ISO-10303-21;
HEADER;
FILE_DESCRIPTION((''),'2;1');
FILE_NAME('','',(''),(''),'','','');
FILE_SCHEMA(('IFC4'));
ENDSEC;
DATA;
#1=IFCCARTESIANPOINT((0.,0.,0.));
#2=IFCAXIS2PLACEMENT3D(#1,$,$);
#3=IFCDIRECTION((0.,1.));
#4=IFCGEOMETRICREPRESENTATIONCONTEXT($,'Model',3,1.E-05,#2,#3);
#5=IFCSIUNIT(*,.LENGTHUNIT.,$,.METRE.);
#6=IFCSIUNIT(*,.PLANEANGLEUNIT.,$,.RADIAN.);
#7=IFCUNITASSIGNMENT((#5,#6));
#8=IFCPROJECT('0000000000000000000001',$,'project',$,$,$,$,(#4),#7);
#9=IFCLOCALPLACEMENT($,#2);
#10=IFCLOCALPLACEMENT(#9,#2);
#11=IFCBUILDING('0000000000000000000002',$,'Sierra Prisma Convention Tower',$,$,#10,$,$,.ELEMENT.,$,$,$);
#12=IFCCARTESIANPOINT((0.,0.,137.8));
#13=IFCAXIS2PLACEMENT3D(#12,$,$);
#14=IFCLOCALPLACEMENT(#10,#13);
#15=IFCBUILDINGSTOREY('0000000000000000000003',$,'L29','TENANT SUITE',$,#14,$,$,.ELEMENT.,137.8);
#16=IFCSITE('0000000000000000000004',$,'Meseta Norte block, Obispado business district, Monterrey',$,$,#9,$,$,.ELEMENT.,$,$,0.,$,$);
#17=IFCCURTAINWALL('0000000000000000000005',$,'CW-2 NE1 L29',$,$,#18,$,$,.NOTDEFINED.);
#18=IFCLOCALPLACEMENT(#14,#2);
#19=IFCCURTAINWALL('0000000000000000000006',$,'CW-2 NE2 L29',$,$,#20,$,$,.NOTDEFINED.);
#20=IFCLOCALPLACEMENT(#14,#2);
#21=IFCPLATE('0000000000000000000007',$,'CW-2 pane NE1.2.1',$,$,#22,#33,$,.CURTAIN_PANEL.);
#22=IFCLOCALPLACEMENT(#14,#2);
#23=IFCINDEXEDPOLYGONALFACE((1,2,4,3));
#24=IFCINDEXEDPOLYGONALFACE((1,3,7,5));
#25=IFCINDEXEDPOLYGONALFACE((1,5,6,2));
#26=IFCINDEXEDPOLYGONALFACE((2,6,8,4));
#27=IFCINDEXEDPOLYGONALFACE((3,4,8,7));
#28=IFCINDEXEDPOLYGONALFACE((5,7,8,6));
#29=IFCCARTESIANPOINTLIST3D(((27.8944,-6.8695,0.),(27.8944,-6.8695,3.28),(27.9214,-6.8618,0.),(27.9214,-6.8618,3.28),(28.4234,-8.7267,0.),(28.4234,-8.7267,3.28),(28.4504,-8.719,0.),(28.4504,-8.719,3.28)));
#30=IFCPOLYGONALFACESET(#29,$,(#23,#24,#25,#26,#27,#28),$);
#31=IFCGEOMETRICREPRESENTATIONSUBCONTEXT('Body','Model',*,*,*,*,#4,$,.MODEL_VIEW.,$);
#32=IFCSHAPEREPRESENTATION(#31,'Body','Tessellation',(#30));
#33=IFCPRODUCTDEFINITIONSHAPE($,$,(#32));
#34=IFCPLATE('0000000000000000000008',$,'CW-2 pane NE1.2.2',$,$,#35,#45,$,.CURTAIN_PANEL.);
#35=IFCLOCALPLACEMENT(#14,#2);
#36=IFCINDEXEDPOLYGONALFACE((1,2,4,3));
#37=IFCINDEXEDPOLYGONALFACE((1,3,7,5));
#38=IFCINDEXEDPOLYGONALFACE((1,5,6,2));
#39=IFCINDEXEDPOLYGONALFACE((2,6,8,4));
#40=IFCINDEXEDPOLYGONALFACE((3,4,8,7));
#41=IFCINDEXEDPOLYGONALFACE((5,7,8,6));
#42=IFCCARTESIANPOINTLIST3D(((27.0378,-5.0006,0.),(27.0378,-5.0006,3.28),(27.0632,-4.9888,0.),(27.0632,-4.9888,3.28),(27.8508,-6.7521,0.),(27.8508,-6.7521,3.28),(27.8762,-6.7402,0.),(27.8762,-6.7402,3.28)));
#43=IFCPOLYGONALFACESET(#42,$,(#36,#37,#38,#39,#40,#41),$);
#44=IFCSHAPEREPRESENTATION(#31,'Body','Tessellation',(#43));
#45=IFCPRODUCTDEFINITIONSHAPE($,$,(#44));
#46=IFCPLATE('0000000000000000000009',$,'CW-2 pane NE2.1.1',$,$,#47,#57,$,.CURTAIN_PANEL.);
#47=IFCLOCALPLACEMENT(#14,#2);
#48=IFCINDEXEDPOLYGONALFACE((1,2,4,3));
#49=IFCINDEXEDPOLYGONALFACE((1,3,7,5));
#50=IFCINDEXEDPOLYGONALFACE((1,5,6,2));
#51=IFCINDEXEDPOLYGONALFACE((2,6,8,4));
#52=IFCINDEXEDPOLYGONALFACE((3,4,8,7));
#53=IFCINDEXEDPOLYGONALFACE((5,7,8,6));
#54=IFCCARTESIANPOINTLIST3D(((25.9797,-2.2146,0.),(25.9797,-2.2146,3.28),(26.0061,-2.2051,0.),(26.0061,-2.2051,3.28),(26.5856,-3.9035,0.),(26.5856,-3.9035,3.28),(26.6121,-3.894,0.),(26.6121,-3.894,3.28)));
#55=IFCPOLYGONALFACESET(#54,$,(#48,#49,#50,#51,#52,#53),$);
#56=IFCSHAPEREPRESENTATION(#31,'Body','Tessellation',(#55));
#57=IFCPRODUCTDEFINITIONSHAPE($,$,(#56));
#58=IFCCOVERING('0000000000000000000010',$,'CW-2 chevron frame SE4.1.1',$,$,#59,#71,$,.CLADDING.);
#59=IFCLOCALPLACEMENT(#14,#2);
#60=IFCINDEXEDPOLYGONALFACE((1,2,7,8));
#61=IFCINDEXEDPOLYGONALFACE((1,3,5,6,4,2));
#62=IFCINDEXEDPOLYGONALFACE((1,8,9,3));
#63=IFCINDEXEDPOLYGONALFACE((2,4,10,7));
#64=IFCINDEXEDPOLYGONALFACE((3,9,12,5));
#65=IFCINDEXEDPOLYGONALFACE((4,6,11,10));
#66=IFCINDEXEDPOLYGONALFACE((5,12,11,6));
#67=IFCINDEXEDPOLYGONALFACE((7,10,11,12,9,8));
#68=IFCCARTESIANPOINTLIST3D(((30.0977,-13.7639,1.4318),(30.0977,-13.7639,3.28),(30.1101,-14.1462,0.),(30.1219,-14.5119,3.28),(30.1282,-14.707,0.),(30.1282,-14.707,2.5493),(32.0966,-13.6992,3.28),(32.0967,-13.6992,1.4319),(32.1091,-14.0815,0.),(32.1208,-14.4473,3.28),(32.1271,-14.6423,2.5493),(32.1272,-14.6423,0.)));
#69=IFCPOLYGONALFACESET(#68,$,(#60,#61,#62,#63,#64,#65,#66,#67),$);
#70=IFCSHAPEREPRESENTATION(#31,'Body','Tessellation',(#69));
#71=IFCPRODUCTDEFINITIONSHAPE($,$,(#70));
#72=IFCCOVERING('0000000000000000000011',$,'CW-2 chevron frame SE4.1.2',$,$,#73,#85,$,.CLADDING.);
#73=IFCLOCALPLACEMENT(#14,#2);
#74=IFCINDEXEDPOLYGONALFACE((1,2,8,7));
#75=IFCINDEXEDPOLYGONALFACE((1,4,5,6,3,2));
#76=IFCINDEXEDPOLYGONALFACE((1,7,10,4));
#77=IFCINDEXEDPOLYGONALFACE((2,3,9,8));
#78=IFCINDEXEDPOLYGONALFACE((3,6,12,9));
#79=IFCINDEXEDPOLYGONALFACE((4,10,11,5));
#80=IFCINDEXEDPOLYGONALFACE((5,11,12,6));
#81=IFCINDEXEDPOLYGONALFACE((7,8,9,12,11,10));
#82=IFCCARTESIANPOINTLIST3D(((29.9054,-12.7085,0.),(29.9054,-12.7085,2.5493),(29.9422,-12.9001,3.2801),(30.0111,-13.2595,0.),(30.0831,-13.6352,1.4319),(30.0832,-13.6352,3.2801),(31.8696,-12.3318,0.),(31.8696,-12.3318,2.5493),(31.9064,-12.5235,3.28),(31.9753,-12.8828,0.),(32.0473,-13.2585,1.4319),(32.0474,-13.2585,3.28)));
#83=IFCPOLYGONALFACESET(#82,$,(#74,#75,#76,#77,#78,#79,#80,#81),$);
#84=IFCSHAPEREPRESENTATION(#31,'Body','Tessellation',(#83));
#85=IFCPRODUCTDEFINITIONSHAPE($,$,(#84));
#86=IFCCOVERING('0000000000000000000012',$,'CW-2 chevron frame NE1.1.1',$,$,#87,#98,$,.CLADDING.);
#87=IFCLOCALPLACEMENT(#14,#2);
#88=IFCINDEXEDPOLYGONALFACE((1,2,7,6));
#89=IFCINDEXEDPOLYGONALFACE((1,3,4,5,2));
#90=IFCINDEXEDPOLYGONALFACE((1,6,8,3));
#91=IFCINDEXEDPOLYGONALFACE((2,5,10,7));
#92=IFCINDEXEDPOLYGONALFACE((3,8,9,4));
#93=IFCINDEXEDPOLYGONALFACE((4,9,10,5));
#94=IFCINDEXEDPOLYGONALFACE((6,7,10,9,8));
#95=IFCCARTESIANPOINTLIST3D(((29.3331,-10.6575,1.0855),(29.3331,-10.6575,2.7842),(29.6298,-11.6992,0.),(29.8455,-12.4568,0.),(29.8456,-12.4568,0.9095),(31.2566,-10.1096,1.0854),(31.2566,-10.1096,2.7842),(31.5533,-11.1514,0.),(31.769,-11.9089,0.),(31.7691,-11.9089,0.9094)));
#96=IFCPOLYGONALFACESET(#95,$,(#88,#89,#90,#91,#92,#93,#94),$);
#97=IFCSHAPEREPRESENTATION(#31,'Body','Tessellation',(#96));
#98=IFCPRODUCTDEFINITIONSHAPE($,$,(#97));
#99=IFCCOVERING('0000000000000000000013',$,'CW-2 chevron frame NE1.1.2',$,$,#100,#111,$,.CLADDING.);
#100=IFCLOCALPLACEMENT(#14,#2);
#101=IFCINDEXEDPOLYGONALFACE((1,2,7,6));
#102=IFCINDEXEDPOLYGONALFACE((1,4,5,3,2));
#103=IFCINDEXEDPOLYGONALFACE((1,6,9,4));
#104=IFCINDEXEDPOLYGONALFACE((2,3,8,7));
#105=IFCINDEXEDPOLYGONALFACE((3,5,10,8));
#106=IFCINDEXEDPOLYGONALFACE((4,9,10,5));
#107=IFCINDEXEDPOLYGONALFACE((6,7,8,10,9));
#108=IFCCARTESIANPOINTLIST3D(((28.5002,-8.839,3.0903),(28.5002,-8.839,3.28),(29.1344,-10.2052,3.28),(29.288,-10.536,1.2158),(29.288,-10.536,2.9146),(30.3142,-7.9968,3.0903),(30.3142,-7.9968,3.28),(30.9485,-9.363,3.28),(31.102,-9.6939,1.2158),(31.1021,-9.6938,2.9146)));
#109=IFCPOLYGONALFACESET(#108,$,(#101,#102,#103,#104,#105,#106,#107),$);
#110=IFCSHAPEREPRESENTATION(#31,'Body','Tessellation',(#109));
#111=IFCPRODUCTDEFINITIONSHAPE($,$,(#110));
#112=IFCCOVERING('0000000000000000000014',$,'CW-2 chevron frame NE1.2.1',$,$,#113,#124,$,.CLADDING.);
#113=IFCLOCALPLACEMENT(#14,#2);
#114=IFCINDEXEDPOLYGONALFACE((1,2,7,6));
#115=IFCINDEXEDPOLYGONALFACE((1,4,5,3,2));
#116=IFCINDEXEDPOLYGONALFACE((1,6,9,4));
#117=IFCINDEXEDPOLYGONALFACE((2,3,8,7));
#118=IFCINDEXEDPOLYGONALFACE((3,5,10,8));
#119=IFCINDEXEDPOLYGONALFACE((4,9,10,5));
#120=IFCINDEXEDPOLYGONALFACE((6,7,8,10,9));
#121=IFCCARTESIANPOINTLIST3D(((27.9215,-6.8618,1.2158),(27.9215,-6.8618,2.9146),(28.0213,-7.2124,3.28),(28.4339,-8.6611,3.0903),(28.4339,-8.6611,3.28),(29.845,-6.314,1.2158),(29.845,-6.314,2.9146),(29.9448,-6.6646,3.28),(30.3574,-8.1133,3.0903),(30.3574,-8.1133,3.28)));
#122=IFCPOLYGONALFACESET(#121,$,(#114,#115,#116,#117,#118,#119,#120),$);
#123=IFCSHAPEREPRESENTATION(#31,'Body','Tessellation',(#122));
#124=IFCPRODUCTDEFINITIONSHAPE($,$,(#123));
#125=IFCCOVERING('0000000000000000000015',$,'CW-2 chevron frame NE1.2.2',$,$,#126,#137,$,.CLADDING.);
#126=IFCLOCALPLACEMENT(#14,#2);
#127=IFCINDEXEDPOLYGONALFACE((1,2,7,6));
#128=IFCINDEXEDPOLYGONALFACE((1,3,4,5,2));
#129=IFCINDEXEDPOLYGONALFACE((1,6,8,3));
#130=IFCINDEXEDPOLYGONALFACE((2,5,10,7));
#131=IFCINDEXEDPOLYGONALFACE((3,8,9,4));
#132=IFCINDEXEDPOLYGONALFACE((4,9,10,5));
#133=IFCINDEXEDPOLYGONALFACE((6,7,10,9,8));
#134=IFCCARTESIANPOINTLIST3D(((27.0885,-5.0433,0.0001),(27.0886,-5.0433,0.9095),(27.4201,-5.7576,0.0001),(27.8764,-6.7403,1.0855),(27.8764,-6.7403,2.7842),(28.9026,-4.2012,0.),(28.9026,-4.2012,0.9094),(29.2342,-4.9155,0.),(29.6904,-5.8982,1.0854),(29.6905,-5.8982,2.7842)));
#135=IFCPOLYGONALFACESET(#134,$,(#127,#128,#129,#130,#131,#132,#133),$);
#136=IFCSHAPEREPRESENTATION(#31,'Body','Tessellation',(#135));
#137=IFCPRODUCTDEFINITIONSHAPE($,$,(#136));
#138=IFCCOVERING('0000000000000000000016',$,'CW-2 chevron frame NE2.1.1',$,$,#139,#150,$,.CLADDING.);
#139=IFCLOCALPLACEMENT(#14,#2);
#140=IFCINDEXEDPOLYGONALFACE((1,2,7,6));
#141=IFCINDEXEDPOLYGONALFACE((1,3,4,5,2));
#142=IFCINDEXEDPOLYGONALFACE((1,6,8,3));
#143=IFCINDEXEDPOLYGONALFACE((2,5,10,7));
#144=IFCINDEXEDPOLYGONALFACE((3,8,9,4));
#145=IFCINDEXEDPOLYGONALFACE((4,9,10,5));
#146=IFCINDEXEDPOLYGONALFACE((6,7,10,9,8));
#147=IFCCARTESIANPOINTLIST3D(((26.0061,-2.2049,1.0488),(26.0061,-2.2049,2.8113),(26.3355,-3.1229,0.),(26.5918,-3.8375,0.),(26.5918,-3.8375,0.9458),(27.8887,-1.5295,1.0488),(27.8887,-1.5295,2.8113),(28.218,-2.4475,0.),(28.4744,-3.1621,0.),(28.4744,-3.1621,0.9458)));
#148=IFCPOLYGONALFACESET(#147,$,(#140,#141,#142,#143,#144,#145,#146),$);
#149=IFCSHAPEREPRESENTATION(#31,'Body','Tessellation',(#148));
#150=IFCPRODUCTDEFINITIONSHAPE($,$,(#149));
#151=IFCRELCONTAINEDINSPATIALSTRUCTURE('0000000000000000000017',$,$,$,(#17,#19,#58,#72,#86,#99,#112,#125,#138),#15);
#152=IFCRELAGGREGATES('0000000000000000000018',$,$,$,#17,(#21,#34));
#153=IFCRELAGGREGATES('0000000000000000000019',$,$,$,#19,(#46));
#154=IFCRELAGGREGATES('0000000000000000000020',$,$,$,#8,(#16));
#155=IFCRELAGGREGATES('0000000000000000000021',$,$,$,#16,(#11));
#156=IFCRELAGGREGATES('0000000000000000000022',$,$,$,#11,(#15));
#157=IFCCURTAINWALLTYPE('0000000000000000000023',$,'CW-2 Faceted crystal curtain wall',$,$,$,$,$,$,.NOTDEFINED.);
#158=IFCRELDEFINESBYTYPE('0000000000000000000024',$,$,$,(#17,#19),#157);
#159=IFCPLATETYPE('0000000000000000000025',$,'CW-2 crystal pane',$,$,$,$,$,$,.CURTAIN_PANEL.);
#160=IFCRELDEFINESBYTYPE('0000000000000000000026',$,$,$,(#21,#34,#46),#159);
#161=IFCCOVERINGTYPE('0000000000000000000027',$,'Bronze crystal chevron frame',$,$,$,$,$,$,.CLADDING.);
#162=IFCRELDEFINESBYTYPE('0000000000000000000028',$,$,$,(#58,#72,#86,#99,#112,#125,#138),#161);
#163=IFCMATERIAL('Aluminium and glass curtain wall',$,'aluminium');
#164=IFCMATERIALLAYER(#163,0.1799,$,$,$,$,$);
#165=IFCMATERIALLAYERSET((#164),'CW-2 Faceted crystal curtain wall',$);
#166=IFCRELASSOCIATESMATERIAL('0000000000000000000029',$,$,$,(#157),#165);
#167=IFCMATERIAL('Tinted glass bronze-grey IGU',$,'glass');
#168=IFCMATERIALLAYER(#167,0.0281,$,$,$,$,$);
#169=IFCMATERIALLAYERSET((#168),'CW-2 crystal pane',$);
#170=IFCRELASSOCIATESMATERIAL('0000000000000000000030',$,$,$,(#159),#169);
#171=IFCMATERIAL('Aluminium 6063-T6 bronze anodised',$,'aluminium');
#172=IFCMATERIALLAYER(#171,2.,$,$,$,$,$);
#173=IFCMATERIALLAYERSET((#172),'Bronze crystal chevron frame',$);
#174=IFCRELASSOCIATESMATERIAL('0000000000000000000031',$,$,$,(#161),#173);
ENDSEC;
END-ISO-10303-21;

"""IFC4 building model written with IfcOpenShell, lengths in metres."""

from ifc_helpers import new_model, si_unit, direction, frame, origin, place, context, subcontext, project, spatial, polyline, outline, extrude, material, layer, layer_set, type_object, element, aggregate, save


model = new_model("IFC4")

# Units and contexts
model_context = context("Model", 3, precision=1e-05, world=origin(), true_north=direction((0.0, 1.0)))
body_context = subcontext(model_context, "Body", "Model", "MODEL_VIEW")
ifc_project = project(units=[si_unit("LENGTHUNIT", "METRE"), si_unit("PLANEANGLEUNIT", "RADIAN")], contexts=[model_context])

# Site, building, storey
site_placement = place(None, origin())
site = spatial("IfcSite", under=ifc_project, at=site_placement, Name="Meseta Norte block, Obispado business district, Monterrey", CompositionType="ELEMENT", RefElevation=0.0)
building_placement = place(site_placement, origin())
building = spatial("IfcBuilding", under=site, at=building_placement, Name="Sierra Prisma Convention Tower", CompositionType="ELEMENT")
storey_placement = place(building_placement, frame((0.0, 0.0, 137.8)))
storey = spatial("IfcBuildingStorey", under=building, at=storey_placement, Name="L29", Description="TENANT SUITE", CompositionType="ELEMENT", Elevation=137.8)

# Shared definitions
ifc_material_1 = material(Name="Aluminium and glass curtain wall", Category="aluminium")
ifc_layer_1 = layer(ifc_material_1, 0.1799)
ifc_layer_set_1 = layer_set([ifc_layer_1], Name="CW-2 Faceted crystal curtain wall")
curtain_wall_type = type_object("IfcCurtainWallType", Name="CW-2 Faceted crystal curtain wall", PredefinedType="NOTDEFINED", material=ifc_layer_set_1)

# Curtain wall
curtain_wall_1_placement = place(storey_placement, origin())
curtain_wall_1 = element("IfcCurtainWall", 1, at=curtain_wall_1_placement, inside=storey, type_object=curtain_wall_type, Name="CW-2 NE1 L29", PredefinedType="NOTDEFINED")

# Curtain wall
curtain_wall_2_placement = place(storey_placement, origin())
curtain_wall_2 = element("IfcCurtainWall", 2, at=curtain_wall_2_placement, inside=storey, type_object=curtain_wall_type, Name="CW-2 NE2 L29", PredefinedType="NOTDEFINED")

# Shared definitions
ifc_material_2 = material(Name="Tinted glass bronze-grey IGU", Category="glass")
ifc_layer_2 = layer(ifc_material_2, 0.0281)
ifc_layer_set_2 = layer_set([ifc_layer_2], Name="CW-2 crystal pane")
plate_type = type_object("IfcPlateType", Name="CW-2 crystal pane", PredefinedType="CURTAIN_PANEL", material=ifc_layer_set_2)

# Plates
plate_1_placement = place(storey_placement, frame((28.4504, -8.719, 0.0), z_axis=(0.961738, 0.27397, 0.0), x_axis=(-0.27397, 0.961738, 0.0)))
plate_1 = element("IfcPlate", 3, at=plate_1_placement, type_object=plate_type, Name="CW-2 pane NE1.2.1", PredefinedType="CURTAIN_PANEL", context=body_context, shape_type="SweptSolid", body=[
    extrude(outline(polyline([(0.0, 0.0), (1.9311, 0.0), (1.9311, 3.28), (0.0, 3.28), (0.0, 0.0)])), origin(), (0.0, 0.0, -1.0), 0.0281),
])
plate_2_placement = place(storey_placement, frame((27.0632, -4.9888, 0.0), z_axis=(0.907047, 0.42103, 0.0), x_axis=(0.42103, -0.907047, 0.0)))
plate_2 = element("IfcPlate", 4, at=plate_2_placement, type_object=plate_type, Name="CW-2 pane NE1.2.2", PredefinedType="CURTAIN_PANEL", context=body_context, shape_type="SweptSolid", body=[
    extrude(outline(polyline([(0.0, 0.0), (1.931, 0.0), (1.931, -3.28), (0.0, -3.28), (0.0, 0.0)])), origin(), (0.0, 0.0, -1.0), 0.0281),
])
aggregate(curtain_wall_1, [plate_1, plate_2])
plate_3_placement = place(storey_placement, frame((26.6121, -3.894, 0.0), z_axis=(0.941255, 0.337698, 0.0), x_axis=(-0.337698, 0.941255, 0.0)))
plate_3 = element("IfcPlate", 5, at=plate_3_placement, type_object=plate_type, Name="CW-2 pane NE2.1.1", PredefinedType="CURTAIN_PANEL", context=body_context, shape_type="SweptSolid", body=[
    extrude(outline(polyline([(0.0, 0.0), (1.7944, 0.0), (1.7944, 3.28), (0.0, 3.28), (0.0, 0.0)])), origin(), (0.0, 0.0, -1.0), 0.0281),
])
aggregate(curtain_wall_2, [plate_3])

# Coverings
ifc_material_3 = material(Name="Aluminium 6063-T6 bronze anodised", Category="aluminium")
ifc_layer_3 = layer(ifc_material_3, 2.0)
ifc_layer_set_3 = layer_set([ifc_layer_3], Name="Bronze crystal chevron frame")
covering_type = type_object("IfcCoveringType", Name="Bronze crystal chevron frame", PredefinedType="CLADDING", material=ifc_layer_set_3)
covering_1_placement = place(storey_placement, frame((32.1272, -14.6423, 0.0), z_axis=(0.999478, 0.032316, 0.00002), x_axis=(-0.032316, 0.999478, 0.0)))
element("IfcCovering", 6, at=covering_1_placement, inside=storey, type_object=covering_type, Name="CW-2 chevron frame SE4.1.1", PredefinedType="CLADDING", context=body_context, shape_type="SweptSolid", body=[
    extrude(outline(polyline([(0.0, 0.0), (0.5611, 0.0), (0.9436, 1.4319), (0.9436, 3.28), (0.1952, 3.28), (0.0, 2.5493), (0.0, 0.0)])), origin(), (0.0, 0.0, -1.0), 2.0),
])
covering_2_placement = place(storey_placement, frame((32.0474, -13.2585, 3.28), z_axis=(0.982103, 0.188343, -0.000012), x_axis=(-0.000012, -0.000002, -1.0)))
element("IfcCovering", 7, at=covering_2_placement, inside=storey, type_object=covering_type, Name="CW-2 chevron frame SE4.1.2", PredefinedType="CLADDING", context=body_context, shape_type="SweptSolid", body=[
    extrude(outline(polyline([(0.0, 0.0), (1.8481, 0.0), (3.28, 0.3826), (3.28, 0.9436), (0.7307, 0.9436), (0.0, 0.7485), (0.0, 0.0)])), origin(), (0.0, 0.0, -1.0), 2.0),
])
covering_3_placement = place(storey_placement, frame((31.769, -11.9089, 0.0), z_axis=(0.961752, 0.273922, -0.00002), x_axis=(-0.273922, 0.961752, 0.0)))
element("IfcCovering", 8, at=covering_3_placement, inside=storey, type_object=covering_type, Name="CW-2 chevron frame NE1.1.1", PredefinedType="CLADDING", context=body_context, shape_type="SweptSolid", body=[
    extrude(outline(polyline([(0.0, 0.0), (0.7877, 0.0), (1.8709, 1.0854), (1.8709, 2.7842), (0.0, 0.9094), (0.0, 0.0)])), origin(), (0.0, 0.0, -1.0), 2.0),
])
covering_4_placement = place(storey_placement, frame((31.1021, -9.6938, 2.9146), z_axis=(0.907021, 0.421086, -0.000006), x_axis=(-0.000005, -0.000002, -1.0)))
element("IfcCovering", 9, at=covering_4_placement, inside=storey, type_object=covering_type, Name="CW-2 chevron frame NE1.1.2", PredefinedType="CLADDING", context=body_context, shape_type="SweptSolid", body=[
    extrude(outline(polyline([(0.0, 0.0), (1.6987, 0.0), (-0.1758, 1.871), (-0.3655, 1.871), (-0.3655, 0.3647), (0.0, 0.0)])), origin(), (0.0, 0.0, -1.0), 2.0),
])
covering_5_placement = place(storey_placement, frame((30.3574, -8.1133, 3.28), z_axis=(0.961755, 0.273911, -0.000002), x_axis=(-0.000002, -0.000001, -1.0)))
element("IfcCovering", 10, at=covering_5_placement, inside=storey, type_object=covering_type, Name="CW-2 chevron frame NE1.2.1", PredefinedType="CLADDING", context=body_context, shape_type="SweptSolid", body=[
    extrude(outline(polyline([(0.0, 0.0), (0.1897, 0.0), (2.0642, 1.8709), (0.3655, 1.8709), (0.0, 1.5063), (0.0, 0.0)])), origin(), (0.0, 0.0, -1.0), 2.0),
])
covering_6_placement = place(storey_placement, frame((28.9026, -4.2012, 0.0), z_axis=(0.907028, 0.421069, -0.000029), x_axis=(0.000026, 0.000012, 1.0)))
element("IfcCovering", 11, at=covering_6_placement, inside=storey, type_object=covering_type, Name="CW-2 chevron frame NE1.2.2", PredefinedType="CLADDING", context=body_context, shape_type="SweptSolid", body=[
    extrude(outline(polyline([(0.0, 0.0), (0.9094, 0.0), (2.7842, 1.871), (1.0854, 1.871), (0.0, 0.7875), (0.0, 0.0)])), origin(), (0.0, 0.0, -1.0), 2.0),
])
covering_7_placement = place(storey_placement, frame((28.4744, -3.1621, 0.0), z_axis=(0.941261, 0.337679, 0.000006), x_axis=(-0.337679, 0.941261, 0.0)))
element("IfcCovering", 12, at=covering_7_placement, inside=storey, type_object=covering_type, Name="CW-2 chevron frame NE2.1.1", PredefinedType="CLADDING", context=body_context, shape_type="SweptSolid", body=[
    extrude(outline(polyline([(0.0, 0.0), (0.7592, 0.0), (1.7344, 1.0488), (1.7344, 2.8113), (0.0, 0.9458), (0.0, 0.0)])), origin(), (0.0, 0.0, -1.0), 2.0),
])

save(model, "model.ifc")
